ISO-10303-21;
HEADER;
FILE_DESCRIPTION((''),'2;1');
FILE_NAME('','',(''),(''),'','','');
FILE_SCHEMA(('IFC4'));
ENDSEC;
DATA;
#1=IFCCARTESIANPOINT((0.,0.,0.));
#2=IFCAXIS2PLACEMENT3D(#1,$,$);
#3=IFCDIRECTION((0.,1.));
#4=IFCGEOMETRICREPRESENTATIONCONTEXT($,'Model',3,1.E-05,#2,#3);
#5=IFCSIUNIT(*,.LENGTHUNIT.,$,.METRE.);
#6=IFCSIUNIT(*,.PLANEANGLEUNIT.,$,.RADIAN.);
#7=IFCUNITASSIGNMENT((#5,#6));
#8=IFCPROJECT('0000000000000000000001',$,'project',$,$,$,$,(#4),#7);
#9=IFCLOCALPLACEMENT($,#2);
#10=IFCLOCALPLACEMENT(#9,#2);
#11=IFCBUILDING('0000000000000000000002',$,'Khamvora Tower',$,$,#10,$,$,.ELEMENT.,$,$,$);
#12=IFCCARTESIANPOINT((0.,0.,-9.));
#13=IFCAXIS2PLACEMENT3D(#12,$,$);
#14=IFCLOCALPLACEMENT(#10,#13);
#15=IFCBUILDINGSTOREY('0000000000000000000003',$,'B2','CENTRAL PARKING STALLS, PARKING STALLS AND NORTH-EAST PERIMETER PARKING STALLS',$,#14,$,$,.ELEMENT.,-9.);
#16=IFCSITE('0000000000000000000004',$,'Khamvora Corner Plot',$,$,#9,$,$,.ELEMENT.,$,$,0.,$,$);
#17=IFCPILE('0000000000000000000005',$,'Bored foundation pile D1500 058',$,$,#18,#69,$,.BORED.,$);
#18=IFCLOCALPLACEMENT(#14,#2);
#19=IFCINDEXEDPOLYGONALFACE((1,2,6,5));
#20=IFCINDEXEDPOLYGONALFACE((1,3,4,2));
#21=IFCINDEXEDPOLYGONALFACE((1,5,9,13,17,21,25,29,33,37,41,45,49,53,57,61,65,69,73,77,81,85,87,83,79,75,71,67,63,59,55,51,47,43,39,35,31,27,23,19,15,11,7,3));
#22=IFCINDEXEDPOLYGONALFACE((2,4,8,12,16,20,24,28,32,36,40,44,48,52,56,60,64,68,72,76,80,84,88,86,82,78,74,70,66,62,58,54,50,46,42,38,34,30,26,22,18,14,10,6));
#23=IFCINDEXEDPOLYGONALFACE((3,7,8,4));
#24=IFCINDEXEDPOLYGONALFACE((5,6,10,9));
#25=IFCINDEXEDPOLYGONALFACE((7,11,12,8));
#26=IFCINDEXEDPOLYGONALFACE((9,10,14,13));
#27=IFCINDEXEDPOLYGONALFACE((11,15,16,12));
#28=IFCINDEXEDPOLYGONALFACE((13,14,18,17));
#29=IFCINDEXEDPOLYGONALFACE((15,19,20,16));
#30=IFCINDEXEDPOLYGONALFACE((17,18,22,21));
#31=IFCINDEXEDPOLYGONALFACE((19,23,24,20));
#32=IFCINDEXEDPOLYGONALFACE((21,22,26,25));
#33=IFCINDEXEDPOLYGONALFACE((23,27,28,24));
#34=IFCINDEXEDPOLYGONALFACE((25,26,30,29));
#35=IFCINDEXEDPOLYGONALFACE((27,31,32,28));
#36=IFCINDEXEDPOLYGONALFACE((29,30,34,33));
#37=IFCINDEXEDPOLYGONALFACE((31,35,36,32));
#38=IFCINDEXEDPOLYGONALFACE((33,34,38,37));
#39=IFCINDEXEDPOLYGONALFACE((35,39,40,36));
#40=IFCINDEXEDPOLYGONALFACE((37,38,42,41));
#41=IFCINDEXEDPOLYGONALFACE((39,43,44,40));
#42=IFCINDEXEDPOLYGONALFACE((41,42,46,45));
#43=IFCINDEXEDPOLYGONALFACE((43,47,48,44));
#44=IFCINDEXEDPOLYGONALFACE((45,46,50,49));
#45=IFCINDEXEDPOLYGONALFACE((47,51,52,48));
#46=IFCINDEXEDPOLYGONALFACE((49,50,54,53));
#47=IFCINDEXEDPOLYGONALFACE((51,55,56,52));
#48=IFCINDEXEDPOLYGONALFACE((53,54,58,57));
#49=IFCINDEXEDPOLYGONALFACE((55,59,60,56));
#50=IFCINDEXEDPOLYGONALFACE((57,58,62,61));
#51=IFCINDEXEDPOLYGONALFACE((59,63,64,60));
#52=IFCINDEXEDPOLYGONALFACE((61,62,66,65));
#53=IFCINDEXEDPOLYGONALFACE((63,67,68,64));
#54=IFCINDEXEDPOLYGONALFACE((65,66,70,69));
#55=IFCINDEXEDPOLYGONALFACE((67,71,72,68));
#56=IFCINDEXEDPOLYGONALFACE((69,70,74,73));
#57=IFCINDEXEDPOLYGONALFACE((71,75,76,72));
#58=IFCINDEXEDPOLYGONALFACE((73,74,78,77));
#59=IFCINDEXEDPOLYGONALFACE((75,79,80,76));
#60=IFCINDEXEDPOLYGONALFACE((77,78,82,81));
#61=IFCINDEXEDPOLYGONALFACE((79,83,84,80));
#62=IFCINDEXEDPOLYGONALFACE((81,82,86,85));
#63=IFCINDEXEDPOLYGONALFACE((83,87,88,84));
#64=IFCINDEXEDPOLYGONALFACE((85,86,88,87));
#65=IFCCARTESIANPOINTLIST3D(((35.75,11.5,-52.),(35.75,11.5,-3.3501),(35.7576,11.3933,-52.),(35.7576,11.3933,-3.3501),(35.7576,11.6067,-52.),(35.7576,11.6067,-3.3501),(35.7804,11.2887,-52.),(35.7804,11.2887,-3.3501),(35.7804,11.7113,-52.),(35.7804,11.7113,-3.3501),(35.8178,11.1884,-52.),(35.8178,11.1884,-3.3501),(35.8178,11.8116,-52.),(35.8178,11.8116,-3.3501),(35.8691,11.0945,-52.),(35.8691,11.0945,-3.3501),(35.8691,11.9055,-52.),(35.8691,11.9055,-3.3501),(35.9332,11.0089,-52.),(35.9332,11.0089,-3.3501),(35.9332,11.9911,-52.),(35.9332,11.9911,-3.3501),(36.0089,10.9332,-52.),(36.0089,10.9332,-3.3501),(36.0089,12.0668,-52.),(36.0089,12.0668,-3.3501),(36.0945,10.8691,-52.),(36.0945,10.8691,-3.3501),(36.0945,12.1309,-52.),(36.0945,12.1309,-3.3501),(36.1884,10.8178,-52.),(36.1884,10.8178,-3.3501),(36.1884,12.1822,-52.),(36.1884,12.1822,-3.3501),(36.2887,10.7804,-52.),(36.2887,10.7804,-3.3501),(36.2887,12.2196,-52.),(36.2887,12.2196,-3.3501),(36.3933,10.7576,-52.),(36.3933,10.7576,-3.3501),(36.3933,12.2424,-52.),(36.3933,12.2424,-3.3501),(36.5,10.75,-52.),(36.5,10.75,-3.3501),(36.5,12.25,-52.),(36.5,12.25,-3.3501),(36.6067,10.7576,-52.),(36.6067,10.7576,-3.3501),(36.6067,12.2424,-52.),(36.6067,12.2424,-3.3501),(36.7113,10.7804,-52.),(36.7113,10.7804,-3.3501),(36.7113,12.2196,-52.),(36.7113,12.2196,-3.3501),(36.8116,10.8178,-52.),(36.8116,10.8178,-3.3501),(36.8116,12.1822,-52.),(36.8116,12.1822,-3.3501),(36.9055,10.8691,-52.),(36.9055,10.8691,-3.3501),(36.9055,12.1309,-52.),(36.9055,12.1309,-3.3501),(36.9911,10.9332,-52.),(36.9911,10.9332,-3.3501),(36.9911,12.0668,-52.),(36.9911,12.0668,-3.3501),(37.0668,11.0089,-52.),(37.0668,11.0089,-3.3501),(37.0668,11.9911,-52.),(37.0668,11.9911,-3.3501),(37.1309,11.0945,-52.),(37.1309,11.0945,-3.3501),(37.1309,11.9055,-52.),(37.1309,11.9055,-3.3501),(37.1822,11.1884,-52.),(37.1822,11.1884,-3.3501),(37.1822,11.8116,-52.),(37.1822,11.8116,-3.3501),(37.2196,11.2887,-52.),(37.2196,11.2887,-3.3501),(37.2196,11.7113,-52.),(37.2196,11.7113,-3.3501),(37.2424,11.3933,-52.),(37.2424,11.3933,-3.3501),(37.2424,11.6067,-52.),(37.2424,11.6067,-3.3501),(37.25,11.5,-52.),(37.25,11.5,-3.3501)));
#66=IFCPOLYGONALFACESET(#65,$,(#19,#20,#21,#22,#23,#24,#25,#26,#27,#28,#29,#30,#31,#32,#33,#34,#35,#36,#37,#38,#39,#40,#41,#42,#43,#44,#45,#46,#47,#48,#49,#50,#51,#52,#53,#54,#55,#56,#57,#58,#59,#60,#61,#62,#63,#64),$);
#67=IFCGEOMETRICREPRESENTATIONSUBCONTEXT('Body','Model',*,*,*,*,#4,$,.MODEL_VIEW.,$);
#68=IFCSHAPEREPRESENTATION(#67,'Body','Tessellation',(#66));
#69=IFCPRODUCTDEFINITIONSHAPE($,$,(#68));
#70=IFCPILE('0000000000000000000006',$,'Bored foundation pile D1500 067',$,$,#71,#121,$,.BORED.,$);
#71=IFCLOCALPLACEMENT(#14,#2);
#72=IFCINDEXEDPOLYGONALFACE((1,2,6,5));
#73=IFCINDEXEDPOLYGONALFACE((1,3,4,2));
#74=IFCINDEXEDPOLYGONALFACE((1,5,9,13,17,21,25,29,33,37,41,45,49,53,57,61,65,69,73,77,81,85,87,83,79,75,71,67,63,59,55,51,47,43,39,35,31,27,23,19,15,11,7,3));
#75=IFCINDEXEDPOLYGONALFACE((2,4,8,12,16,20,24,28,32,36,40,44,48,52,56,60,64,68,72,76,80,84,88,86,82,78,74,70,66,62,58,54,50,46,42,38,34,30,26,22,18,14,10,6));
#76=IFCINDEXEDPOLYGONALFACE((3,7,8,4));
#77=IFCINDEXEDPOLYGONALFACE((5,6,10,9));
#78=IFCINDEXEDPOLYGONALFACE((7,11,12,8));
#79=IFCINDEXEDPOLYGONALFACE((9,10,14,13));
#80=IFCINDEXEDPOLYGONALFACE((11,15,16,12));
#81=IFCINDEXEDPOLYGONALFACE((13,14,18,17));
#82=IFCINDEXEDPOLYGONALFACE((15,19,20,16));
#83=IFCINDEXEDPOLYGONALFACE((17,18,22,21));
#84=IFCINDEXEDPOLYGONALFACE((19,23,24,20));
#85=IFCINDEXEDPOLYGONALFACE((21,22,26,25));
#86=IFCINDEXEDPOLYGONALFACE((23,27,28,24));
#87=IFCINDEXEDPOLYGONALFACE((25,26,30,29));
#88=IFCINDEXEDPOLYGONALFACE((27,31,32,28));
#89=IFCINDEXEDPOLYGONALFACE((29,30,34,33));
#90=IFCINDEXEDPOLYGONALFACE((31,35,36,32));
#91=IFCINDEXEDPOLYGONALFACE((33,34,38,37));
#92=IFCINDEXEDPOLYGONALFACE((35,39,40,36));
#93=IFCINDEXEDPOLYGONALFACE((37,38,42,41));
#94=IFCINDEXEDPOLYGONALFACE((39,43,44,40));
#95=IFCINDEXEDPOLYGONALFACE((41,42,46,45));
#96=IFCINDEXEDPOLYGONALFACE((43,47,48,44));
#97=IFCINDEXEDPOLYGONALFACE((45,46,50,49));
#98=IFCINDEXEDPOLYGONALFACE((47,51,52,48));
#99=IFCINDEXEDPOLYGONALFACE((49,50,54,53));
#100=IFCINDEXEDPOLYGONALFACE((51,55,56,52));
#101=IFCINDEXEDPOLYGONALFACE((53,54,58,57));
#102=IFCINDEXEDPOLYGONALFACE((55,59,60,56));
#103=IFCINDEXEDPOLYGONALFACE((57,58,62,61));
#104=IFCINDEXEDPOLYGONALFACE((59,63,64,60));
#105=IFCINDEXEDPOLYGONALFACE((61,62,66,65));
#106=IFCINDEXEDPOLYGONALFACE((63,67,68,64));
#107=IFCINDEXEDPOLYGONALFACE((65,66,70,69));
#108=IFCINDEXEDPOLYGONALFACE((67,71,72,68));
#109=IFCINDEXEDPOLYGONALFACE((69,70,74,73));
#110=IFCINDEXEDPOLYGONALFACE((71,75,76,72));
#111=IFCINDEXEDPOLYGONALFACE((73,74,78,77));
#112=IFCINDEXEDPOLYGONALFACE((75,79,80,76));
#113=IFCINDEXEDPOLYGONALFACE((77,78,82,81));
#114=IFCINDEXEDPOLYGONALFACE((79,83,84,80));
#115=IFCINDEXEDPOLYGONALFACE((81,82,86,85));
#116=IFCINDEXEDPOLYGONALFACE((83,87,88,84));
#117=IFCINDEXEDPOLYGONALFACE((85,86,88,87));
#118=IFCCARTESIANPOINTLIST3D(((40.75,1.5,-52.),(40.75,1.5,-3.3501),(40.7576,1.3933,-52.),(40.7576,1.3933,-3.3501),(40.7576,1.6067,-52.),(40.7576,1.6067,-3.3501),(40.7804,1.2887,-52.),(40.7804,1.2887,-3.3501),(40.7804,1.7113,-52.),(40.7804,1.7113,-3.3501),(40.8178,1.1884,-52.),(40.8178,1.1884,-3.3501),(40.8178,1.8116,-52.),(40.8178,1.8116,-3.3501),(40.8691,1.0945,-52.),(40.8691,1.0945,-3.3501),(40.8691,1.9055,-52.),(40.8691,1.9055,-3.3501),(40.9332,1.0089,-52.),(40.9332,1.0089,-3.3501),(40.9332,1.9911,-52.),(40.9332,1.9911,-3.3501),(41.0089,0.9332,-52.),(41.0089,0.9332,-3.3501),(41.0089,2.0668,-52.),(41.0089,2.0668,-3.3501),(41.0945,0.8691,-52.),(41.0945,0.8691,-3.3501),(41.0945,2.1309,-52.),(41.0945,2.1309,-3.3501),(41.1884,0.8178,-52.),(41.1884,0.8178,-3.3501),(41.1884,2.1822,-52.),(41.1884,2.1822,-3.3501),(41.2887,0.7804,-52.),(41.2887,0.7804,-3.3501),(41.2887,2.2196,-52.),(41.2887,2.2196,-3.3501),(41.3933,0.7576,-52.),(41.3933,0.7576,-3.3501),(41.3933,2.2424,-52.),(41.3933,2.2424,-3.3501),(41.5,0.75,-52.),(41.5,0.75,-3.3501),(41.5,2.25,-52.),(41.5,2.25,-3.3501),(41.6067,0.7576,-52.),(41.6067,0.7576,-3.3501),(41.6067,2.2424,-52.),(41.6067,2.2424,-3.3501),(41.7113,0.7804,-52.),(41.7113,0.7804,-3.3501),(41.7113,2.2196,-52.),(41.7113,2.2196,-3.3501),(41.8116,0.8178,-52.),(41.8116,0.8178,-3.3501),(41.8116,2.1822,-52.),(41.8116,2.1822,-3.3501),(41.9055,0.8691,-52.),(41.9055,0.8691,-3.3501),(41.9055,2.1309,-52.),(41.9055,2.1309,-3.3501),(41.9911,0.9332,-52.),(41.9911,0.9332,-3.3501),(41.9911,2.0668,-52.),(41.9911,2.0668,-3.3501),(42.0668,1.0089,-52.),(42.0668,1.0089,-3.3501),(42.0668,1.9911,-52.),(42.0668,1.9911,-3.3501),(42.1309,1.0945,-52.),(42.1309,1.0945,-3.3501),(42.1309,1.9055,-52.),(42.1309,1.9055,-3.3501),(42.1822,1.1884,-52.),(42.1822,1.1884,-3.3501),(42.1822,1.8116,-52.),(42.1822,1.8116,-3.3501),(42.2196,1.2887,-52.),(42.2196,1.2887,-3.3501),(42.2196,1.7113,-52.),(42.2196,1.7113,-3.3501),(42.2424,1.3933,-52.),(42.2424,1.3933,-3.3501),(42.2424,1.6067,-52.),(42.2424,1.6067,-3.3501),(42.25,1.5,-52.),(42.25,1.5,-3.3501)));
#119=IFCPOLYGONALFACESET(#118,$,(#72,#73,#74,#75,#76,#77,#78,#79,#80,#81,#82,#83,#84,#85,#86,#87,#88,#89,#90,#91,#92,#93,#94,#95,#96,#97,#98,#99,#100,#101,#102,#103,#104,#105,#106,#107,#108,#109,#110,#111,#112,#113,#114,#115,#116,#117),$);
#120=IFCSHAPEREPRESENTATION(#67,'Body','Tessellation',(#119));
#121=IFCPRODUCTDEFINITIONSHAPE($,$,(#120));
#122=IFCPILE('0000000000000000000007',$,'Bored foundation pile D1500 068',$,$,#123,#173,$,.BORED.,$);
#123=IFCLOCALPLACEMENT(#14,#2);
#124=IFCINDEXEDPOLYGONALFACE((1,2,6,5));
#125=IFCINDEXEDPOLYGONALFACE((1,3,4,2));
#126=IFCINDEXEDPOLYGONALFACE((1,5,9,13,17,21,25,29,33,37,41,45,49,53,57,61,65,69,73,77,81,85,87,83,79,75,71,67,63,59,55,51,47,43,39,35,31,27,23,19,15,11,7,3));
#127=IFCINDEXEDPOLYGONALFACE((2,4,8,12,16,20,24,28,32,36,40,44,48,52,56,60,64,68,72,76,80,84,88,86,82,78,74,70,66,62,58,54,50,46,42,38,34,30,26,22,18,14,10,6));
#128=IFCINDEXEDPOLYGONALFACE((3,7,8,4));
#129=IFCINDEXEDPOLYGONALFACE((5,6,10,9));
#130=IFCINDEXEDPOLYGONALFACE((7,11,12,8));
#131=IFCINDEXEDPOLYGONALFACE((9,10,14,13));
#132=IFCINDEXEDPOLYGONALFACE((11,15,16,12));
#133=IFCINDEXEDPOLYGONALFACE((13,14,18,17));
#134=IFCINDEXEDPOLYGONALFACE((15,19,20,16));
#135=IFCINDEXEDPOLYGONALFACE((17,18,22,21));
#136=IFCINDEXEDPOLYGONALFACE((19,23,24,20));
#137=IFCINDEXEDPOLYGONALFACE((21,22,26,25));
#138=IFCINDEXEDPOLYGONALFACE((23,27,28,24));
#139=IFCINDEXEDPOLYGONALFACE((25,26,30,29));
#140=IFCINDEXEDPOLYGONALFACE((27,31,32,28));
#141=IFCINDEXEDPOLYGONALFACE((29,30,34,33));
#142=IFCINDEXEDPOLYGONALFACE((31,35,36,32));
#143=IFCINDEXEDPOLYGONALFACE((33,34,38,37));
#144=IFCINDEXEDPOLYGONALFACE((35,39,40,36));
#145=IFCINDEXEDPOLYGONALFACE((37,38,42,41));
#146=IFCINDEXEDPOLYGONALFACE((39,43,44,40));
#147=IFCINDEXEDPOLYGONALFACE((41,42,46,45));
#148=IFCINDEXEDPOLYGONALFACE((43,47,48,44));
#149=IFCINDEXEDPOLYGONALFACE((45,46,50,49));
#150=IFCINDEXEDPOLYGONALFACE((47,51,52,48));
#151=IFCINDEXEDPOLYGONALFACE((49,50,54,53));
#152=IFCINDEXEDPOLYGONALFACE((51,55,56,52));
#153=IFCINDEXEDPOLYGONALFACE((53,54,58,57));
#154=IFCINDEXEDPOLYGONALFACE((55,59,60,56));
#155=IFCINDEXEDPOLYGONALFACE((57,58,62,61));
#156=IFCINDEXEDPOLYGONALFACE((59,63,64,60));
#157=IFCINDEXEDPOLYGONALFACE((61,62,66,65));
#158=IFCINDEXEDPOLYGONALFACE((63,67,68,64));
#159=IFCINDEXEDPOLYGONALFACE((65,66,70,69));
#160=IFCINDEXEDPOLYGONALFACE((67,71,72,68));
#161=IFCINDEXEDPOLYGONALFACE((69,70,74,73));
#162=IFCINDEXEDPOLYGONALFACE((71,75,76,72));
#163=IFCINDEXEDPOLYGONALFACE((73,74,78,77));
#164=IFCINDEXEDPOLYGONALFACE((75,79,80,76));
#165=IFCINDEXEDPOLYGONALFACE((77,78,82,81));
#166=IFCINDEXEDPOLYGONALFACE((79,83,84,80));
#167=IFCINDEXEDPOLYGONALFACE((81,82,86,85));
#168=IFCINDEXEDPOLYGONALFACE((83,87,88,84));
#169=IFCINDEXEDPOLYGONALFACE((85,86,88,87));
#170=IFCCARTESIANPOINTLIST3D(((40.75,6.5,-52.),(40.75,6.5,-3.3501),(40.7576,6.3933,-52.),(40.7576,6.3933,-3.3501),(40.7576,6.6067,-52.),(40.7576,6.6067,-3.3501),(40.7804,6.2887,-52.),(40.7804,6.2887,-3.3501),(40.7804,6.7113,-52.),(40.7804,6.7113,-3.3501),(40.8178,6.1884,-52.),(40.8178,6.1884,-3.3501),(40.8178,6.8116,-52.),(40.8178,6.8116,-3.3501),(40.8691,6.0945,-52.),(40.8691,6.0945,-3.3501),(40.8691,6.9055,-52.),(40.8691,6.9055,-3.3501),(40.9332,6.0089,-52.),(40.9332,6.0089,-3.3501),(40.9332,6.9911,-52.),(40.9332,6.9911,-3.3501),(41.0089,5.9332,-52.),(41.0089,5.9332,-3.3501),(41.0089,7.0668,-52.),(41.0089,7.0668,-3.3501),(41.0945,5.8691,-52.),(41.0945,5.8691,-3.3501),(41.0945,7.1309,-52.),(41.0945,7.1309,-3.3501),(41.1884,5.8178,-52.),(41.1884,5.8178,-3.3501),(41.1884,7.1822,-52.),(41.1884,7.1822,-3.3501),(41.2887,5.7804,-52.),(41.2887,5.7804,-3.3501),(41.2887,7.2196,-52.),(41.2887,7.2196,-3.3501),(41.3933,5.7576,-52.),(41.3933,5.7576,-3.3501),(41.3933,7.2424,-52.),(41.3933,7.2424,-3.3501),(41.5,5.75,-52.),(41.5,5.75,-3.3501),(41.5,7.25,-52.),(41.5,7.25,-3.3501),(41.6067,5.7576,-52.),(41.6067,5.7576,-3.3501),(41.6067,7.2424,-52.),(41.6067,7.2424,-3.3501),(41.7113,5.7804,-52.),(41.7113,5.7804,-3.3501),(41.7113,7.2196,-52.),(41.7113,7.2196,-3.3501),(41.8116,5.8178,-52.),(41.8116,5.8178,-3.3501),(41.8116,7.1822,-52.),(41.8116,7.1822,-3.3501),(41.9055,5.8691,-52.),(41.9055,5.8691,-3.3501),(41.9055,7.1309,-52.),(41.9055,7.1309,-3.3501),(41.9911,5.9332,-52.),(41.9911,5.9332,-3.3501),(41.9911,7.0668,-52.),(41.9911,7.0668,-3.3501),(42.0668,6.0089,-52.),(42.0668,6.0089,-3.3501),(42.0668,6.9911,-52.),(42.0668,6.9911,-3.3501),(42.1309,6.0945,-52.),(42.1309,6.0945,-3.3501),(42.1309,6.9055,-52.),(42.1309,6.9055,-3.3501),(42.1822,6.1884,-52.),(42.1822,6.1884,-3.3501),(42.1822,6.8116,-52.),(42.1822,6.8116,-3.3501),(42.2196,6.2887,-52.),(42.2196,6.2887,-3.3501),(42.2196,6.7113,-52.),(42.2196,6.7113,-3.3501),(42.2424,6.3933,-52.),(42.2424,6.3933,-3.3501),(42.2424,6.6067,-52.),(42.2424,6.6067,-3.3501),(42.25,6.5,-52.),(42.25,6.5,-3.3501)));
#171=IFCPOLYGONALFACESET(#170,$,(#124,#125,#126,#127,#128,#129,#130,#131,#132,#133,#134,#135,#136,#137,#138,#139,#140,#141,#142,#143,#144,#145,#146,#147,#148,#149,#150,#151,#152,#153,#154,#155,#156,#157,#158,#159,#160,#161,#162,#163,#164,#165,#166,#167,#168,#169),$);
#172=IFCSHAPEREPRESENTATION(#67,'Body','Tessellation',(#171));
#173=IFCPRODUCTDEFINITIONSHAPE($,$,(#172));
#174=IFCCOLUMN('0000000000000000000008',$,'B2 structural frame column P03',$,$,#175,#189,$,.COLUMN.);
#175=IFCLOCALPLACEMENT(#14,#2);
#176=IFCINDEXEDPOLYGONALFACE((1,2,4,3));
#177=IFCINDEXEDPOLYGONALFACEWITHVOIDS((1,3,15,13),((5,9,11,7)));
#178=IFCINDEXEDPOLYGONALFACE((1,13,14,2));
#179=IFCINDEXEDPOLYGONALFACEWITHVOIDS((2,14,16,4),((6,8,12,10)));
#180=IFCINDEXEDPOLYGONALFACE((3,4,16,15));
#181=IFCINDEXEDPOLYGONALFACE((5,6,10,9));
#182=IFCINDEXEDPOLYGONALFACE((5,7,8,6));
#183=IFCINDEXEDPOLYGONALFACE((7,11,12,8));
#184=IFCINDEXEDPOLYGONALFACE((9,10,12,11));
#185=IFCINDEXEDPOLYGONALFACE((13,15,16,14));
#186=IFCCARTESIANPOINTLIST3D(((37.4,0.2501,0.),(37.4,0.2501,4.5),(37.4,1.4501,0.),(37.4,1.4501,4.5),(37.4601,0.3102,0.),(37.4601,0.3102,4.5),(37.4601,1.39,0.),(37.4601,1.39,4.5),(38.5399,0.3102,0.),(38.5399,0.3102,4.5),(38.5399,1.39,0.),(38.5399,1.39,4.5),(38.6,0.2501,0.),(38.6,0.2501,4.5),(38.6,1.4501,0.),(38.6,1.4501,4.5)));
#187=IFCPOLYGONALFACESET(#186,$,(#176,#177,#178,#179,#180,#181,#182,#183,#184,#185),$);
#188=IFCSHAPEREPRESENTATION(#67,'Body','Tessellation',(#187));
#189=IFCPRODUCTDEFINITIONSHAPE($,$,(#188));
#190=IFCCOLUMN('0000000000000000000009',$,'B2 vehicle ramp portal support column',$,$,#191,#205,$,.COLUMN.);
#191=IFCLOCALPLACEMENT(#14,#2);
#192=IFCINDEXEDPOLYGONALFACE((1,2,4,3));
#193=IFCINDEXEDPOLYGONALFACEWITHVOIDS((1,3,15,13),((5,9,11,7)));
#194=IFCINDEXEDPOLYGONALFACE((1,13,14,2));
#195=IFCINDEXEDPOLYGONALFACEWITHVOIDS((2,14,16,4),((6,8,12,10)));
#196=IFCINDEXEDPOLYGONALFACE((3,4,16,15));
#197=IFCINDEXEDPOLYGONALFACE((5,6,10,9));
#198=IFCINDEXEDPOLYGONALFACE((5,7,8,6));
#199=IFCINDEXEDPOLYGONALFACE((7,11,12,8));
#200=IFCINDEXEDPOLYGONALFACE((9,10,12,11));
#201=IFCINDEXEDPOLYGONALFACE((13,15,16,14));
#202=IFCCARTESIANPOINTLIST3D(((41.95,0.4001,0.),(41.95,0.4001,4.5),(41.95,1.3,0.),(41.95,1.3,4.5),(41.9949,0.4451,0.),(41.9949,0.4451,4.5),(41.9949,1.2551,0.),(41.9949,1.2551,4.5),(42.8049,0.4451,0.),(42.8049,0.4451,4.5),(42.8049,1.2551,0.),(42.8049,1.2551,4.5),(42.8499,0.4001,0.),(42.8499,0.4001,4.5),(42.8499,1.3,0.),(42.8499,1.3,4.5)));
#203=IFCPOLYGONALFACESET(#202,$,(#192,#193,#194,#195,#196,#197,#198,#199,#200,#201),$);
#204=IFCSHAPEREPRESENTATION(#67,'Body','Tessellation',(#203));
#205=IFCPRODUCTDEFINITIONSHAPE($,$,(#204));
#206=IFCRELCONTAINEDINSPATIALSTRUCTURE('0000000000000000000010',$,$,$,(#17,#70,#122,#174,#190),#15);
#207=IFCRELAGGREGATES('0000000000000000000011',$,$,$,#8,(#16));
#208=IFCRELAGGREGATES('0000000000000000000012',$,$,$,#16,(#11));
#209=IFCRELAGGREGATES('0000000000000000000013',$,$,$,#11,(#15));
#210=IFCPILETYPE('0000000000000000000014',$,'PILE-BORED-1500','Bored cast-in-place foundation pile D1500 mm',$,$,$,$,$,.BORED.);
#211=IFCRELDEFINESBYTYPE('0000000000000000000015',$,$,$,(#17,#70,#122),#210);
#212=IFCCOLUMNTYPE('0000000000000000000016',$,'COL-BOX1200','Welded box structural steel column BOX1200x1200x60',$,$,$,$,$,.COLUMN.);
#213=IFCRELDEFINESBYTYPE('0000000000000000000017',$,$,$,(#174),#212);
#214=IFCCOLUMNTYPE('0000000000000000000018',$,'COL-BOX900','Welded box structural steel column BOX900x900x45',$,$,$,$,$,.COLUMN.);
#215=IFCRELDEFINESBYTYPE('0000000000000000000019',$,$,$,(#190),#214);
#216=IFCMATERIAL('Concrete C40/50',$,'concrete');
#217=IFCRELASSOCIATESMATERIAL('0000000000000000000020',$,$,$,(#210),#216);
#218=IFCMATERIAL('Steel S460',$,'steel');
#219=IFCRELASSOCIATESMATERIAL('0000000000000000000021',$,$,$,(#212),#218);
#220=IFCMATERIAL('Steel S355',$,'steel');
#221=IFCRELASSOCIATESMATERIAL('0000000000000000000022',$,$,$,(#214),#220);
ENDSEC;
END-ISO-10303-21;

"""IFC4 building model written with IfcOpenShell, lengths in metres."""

from ifc_helpers import new_model, si_unit, direction, frame, origin, origin_2d, place, context, subcontext, project, spatial, hollow_rectangle, circle, extrude, material, material_profile, profile_set, type_object, element, save


model = new_model("IFC4")

# Units and contexts
model_context = context("Model", 3, precision=1e-05, world=origin(), true_north=direction((0.0, 1.0)))
body_context = subcontext(model_context, "Body", "Model", "MODEL_VIEW")
ifc_project = project(units=[si_unit("LENGTHUNIT", "METRE"), si_unit("PLANEANGLEUNIT", "RADIAN")], contexts=[model_context])

# Site, building, storey
site_placement = place(None, origin())
site = spatial("IfcSite", under=ifc_project, at=site_placement, Name="Khamvora Corner Plot", CompositionType="ELEMENT", RefElevation=0.0)
building_placement = place(site_placement, origin())
building = spatial("IfcBuilding", under=site, at=building_placement, Name="Khamvora Tower", CompositionType="ELEMENT")
storey_placement = place(building_placement, frame((0.0, 0.0, -9.0)))
storey = spatial("IfcBuildingStorey", under=building, at=storey_placement, Name="B2", Description="CENTRAL PARKING STALLS, PARKING STALLS AND NORTH-EAST PERIMETER PARKING STALLS", CompositionType="ELEMENT", Elevation=-9.0)

# Shared definitions
ifc_material_1 = material(Name="Concrete C40/50", Category="concrete")

# Piles
ifc_material_profile_1 = material_profile(ifc_material_1, circle(Radius=0.75, at=origin_2d()), Name="PILE_D1500")
ifc_profile_set_1 = profile_set([ifc_material_profile_1], Name="Concrete C40/50")
pile_type = type_object("IfcPileType", Name="PILE-BORED-1500", Description="Bored cast-in-place foundation pile D1500 mm", PredefinedType="BORED", material=ifc_profile_set_1)
for number, where, z_axis, x_axis, name in (
    (1, (36.5, 11.5, -3.3501), (0.0, 0.0, -1.0), (1.0, 0.0, 0.0), "Bored foundation pile D1500 058"),
    (2, (41.5, 1.5, -3.3501), (0.0, 0.0, -1.0), (1.0, 0.0, 0.0), "Bored foundation pile D1500 067"),
    (3, (41.5, 6.5, -3.3501), (0.0, 0.0, -1.0), (1.0, 0.0, 0.0), "Bored foundation pile D1500 068"),
):
    element("IfcPile", number, at=place(storey_placement, frame(where, z_axis=z_axis, x_axis=x_axis)), inside=storey, type_object=pile_type, Name=name, PredefinedType="BORED", context=body_context, shape_type="SweptSolid", body=[
        extrude(circle(Radius=0.75, at=origin_2d()), origin(), (0.0, 0.0, 1.0), 48.6499),
    ])

# Columns
ifc_material_2 = material(Name="Steel S460", Category="steel")
ifc_material_profile_2 = material_profile(ifc_material_2, hollow_rectangle(XDim=1.2, YDim=1.2, WallThickness=0.0601, at=origin_2d()), Name="BOX1200x1200x60")
ifc_profile_set_2 = profile_set([ifc_material_profile_2], Name="Steel S460")
column_type_1 = type_object("IfcColumnType", Name="COL-BOX1200", Description="Welded box structural steel column BOX1200x1200x60", PredefinedType="COLUMN", material=ifc_profile_set_2)
column_1_placement = place(storey_placement, frame((38.0, 0.8501, 0.0), z_axis=(0.0, 0.0, 1.0), x_axis=(1.0, 0.0, 0.0)))
element("IfcColumn", 4, at=column_1_placement, inside=storey, type_object=column_type_1, Name="B2 structural frame column P03", PredefinedType="COLUMN", context=body_context, shape_type="SweptSolid", body=[
    extrude(hollow_rectangle(XDim=1.2, YDim=1.2, WallThickness=0.0601, at=origin_2d()), origin(), (0.0, 0.0, 1.0), 4.5),
])
ifc_material_3 = material(Name="Steel S355", Category="steel")
ifc_material_profile_3 = material_profile(ifc_material_3, hollow_rectangle(XDim=0.8999, YDim=0.8999, WallThickness=0.0449, at=origin_2d()), Name="BOX900x900x45")
ifc_profile_set_3 = profile_set([ifc_material_profile_3], Name="Steel S355")
column_type_2 = type_object("IfcColumnType", Name="COL-BOX900", Description="Welded box structural steel column BOX900x900x45", PredefinedType="COLUMN", material=ifc_profile_set_3)
column_2_placement = place(storey_placement, frame((42.3999, 0.8501, 0.0), z_axis=(0.0, 0.0, 1.0), x_axis=(1.0, 0.0, 0.0)))
element("IfcColumn", 5, at=column_2_placement, inside=storey, type_object=column_type_2, Name="B2 vehicle ramp portal support column", PredefinedType="COLUMN", context=body_context, shape_type="SweptSolid", body=[
    extrude(hollow_rectangle(XDim=0.8999, YDim=0.8999, WallThickness=0.0449, at=origin_2d()), origin(), (0.0, 0.0, 1.0), 4.5),
])

save(model, "model.ifc")
